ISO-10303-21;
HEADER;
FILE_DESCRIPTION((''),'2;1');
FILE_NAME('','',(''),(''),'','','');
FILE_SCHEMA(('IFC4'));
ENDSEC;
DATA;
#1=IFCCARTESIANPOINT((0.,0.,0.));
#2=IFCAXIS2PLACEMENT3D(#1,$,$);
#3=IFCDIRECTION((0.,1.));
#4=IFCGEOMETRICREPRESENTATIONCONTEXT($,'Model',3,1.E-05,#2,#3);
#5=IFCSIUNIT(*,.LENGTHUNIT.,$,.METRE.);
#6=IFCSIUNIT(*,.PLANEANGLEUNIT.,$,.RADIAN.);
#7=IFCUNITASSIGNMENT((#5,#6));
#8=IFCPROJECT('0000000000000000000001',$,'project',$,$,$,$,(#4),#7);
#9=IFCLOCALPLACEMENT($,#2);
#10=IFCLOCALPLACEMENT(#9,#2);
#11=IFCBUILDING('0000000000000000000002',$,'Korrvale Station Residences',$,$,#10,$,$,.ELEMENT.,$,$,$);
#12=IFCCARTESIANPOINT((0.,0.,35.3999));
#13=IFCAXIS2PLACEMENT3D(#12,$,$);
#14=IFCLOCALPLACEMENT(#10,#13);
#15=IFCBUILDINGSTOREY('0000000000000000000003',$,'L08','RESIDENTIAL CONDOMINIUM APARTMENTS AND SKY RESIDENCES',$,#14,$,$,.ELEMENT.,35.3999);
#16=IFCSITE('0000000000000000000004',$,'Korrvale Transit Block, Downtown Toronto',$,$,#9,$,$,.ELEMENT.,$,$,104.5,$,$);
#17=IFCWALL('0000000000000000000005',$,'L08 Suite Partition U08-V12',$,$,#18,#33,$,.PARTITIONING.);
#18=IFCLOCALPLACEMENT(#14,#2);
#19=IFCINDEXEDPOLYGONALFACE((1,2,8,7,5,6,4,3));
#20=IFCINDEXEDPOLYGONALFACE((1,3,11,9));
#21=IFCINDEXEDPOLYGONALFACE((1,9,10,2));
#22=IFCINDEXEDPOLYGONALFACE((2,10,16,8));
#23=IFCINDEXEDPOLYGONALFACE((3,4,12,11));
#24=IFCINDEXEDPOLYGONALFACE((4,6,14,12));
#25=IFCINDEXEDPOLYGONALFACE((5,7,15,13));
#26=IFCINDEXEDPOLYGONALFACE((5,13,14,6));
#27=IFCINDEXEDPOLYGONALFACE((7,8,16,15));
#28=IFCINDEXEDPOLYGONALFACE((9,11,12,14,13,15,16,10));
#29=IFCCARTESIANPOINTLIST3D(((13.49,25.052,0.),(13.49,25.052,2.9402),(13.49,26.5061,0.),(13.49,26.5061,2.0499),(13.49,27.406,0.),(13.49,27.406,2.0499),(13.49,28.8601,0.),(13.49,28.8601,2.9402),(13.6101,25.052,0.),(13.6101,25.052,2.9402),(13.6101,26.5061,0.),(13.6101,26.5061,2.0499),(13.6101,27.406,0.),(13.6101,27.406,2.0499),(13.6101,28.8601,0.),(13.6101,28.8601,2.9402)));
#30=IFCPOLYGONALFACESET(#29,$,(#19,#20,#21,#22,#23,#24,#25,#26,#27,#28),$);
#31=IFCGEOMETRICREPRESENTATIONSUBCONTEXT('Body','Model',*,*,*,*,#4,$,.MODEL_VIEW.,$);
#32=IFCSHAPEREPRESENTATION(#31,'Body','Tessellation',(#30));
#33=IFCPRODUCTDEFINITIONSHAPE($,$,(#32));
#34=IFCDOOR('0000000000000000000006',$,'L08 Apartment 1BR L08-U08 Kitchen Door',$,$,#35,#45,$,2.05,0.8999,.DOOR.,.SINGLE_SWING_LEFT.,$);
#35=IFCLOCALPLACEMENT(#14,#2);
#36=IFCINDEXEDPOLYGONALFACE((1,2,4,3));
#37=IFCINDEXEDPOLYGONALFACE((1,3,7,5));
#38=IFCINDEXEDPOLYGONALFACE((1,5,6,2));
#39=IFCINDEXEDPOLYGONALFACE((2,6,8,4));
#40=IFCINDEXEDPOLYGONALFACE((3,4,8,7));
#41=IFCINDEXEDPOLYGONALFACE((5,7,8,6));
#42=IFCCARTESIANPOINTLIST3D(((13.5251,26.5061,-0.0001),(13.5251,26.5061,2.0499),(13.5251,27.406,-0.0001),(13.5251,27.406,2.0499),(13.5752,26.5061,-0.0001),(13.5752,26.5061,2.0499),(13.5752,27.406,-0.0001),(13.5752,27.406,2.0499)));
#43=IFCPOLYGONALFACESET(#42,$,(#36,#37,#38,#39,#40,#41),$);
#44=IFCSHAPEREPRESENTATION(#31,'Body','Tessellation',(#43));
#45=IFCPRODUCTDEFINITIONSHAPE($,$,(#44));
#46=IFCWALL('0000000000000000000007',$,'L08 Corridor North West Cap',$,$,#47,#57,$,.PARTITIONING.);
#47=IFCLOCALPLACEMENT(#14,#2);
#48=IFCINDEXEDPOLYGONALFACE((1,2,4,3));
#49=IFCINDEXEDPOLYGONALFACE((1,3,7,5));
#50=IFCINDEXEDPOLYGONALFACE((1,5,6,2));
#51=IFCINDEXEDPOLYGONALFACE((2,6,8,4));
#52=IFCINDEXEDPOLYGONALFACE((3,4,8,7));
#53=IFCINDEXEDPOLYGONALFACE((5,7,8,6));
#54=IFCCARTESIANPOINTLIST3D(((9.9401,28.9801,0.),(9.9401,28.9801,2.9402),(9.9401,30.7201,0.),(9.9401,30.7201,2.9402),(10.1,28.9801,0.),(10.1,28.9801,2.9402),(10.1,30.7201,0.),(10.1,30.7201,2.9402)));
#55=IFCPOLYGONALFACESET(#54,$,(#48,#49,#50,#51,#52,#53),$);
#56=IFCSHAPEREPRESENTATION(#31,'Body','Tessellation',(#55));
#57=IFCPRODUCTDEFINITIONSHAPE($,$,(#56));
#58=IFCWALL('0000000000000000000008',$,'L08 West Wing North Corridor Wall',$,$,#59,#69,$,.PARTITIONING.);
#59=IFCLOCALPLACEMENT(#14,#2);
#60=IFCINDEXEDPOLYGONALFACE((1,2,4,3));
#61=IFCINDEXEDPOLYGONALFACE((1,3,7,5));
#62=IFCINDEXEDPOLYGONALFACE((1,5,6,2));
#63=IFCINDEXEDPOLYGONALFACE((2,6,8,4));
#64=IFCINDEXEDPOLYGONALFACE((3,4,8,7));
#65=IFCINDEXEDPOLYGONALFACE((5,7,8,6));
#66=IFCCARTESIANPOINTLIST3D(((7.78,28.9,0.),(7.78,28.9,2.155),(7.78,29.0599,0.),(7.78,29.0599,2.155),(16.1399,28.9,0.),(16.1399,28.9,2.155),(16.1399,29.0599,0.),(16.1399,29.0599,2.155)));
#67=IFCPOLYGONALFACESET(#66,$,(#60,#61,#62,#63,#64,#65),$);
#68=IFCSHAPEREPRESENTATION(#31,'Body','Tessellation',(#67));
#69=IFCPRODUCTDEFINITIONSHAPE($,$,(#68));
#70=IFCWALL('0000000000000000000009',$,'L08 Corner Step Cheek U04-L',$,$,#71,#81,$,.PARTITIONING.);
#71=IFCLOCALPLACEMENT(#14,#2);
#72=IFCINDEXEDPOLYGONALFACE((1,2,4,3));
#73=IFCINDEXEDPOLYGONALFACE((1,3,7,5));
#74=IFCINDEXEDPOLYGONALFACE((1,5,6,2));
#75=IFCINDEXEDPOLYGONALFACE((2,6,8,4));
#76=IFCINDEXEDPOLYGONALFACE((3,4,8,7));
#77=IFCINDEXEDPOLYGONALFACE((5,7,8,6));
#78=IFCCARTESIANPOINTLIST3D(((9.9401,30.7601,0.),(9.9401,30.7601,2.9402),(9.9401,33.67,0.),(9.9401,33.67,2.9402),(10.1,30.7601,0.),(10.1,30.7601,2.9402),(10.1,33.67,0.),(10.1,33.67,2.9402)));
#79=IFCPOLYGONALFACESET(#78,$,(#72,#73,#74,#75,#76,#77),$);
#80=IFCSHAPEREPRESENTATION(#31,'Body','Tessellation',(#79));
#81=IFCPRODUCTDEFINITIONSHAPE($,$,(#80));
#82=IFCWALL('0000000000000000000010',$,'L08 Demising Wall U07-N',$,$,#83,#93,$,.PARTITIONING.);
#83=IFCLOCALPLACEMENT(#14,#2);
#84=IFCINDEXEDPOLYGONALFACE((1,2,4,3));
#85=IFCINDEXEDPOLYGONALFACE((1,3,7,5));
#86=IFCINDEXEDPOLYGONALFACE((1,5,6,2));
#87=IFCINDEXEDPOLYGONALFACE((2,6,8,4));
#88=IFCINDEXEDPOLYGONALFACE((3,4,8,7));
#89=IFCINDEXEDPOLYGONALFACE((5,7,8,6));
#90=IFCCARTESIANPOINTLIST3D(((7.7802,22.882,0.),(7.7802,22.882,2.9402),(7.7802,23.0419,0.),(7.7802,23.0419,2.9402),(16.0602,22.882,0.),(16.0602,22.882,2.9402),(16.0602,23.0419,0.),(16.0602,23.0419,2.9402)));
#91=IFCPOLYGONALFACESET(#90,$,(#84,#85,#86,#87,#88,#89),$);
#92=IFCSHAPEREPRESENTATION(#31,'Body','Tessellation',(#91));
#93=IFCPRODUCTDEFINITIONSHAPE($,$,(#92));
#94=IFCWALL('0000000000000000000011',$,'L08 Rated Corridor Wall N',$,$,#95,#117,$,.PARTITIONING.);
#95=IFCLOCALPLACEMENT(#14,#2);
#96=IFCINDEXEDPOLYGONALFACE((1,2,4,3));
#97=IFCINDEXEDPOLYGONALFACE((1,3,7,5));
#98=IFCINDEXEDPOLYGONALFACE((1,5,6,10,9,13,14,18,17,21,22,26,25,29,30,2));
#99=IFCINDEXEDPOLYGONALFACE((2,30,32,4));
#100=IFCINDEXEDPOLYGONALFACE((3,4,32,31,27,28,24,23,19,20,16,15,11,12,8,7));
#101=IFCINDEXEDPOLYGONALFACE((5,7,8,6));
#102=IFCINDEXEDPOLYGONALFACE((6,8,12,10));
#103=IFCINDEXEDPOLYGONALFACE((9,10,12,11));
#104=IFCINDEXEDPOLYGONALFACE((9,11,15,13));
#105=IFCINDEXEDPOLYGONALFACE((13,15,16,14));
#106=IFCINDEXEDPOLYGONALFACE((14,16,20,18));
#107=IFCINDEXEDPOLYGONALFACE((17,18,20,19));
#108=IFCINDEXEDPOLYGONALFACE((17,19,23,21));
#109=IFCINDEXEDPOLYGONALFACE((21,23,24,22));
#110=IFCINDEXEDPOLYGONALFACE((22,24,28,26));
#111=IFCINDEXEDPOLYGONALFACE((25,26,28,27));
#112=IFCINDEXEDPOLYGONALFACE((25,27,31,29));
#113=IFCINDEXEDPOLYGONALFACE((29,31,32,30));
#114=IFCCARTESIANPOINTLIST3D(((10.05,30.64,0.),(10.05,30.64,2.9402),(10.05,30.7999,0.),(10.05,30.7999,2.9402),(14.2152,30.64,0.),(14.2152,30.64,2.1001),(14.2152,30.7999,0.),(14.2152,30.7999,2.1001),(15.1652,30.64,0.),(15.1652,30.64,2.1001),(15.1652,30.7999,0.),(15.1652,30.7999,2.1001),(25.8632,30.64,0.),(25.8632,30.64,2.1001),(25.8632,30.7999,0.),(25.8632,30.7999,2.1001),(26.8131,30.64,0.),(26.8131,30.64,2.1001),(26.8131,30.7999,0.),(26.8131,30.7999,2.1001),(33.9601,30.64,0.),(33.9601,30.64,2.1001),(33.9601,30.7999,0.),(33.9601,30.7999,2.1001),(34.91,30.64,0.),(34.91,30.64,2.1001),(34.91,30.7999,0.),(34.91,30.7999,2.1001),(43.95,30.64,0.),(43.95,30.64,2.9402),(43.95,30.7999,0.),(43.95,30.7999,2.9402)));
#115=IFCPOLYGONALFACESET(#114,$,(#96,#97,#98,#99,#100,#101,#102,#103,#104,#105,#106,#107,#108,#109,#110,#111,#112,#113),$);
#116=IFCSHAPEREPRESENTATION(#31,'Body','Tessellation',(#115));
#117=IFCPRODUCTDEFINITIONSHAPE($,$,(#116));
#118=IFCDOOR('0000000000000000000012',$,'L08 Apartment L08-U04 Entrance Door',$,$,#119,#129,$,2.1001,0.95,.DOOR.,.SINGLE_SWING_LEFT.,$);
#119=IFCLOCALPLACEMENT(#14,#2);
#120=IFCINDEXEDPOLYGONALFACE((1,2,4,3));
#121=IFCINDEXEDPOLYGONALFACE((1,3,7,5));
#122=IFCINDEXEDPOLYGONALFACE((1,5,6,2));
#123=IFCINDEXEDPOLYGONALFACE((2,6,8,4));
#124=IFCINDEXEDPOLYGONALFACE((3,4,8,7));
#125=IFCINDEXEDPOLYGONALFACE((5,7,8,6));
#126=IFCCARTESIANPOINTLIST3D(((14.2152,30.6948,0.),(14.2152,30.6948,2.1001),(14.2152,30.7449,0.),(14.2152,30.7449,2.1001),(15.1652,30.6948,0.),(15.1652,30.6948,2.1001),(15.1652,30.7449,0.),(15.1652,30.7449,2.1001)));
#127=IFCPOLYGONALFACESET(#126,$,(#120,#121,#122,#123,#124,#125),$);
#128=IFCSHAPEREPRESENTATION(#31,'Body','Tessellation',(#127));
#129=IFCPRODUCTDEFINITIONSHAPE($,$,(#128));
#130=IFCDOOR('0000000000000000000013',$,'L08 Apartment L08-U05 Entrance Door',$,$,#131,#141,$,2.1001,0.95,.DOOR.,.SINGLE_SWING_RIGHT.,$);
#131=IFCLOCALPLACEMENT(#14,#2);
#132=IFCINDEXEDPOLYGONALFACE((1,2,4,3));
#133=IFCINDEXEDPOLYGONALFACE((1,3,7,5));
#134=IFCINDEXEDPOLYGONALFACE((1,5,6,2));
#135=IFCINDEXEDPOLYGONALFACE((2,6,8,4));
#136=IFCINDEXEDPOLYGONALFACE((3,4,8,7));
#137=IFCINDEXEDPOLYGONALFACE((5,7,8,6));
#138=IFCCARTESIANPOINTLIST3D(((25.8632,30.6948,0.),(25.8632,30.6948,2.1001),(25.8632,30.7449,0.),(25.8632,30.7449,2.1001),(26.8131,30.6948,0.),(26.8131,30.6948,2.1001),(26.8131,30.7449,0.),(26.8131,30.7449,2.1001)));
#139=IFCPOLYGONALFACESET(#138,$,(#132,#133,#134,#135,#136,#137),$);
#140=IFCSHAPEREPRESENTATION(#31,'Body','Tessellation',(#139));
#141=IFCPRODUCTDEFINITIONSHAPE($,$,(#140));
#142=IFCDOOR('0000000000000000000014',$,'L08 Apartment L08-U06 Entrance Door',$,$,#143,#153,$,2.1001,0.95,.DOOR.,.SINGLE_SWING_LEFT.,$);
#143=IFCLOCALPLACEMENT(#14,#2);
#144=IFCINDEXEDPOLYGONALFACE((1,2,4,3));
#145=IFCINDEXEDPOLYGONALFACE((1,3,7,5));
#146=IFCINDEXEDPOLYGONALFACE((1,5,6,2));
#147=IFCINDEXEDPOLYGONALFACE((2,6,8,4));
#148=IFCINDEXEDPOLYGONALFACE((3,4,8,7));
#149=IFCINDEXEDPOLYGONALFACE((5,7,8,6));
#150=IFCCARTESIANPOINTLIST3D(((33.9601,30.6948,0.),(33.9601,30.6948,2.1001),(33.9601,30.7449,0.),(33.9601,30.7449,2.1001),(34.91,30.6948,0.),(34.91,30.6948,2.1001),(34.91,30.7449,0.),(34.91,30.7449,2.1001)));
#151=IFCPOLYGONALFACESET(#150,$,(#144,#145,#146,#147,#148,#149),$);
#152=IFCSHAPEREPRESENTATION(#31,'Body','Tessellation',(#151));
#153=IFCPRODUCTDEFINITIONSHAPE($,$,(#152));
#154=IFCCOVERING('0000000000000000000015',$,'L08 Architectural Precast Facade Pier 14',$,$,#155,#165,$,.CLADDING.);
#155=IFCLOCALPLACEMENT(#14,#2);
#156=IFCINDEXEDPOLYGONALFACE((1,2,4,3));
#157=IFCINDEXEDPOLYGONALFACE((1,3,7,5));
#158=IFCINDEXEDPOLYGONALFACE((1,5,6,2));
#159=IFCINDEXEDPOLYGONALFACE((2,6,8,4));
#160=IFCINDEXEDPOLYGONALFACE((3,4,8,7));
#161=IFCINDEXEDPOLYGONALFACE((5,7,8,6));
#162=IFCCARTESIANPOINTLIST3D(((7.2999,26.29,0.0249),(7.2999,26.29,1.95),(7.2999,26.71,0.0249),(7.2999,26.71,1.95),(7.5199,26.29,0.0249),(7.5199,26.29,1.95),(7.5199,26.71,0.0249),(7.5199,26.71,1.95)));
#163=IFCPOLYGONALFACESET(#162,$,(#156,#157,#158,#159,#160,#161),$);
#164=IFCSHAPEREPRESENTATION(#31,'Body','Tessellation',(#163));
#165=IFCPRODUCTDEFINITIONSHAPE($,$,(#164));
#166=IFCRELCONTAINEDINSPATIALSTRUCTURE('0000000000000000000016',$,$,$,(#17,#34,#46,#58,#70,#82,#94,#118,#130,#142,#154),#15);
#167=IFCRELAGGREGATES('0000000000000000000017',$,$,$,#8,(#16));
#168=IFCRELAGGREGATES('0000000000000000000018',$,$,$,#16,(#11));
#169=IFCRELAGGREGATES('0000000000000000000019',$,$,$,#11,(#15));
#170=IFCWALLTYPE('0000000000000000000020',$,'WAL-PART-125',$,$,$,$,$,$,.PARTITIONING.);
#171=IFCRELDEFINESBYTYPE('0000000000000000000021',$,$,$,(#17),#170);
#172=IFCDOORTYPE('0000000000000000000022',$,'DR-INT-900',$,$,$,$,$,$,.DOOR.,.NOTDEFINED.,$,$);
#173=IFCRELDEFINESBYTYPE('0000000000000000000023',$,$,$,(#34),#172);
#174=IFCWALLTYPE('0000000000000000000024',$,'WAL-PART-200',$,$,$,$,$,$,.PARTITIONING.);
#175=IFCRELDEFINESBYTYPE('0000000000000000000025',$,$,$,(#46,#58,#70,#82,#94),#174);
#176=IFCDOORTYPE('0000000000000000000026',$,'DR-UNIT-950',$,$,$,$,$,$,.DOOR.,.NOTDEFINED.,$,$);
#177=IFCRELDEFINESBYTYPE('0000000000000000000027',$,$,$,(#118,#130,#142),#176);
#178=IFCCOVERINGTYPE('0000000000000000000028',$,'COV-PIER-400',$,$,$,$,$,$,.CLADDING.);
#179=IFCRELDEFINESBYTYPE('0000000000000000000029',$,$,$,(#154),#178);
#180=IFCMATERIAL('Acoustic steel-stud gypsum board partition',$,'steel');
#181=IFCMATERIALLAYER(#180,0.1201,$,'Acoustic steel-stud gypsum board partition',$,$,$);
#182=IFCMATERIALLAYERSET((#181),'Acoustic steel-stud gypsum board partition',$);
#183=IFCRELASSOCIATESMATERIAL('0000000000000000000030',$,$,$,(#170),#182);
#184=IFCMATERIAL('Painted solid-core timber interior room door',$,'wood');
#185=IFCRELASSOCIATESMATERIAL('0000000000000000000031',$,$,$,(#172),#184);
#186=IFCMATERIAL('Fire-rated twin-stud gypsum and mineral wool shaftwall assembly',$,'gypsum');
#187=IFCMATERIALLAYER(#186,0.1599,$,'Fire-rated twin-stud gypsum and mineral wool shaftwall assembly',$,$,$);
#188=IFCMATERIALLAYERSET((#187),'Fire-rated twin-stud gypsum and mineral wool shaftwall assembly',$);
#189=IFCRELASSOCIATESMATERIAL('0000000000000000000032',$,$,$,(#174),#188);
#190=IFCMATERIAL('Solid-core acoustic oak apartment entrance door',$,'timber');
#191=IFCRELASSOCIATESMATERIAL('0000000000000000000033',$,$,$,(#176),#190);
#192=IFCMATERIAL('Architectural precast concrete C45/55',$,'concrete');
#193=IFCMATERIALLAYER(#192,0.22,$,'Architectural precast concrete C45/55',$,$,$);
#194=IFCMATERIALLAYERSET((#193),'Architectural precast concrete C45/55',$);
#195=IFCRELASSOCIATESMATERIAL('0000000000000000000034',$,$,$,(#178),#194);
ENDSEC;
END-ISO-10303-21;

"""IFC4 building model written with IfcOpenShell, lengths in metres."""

from ifc_helpers import new_model, si_unit, direction, frame, frame_2d, origin, origin_2d, place, context, subcontext, project, spatial, rectangle, extrude, material, layer, layer_set, type_object, element, fill, save


model = new_model("IFC4")

# Units and contexts
model_context = context("Model", 3, precision=1e-05, world=origin(), true_north=direction((0.0, 1.0)))
body_context = subcontext(model_context, "Body", "Model", "MODEL_VIEW")
ifc_project = project(units=[si_unit("LENGTHUNIT", "METRE"), si_unit("PLANEANGLEUNIT", "RADIAN")], contexts=[model_context])

# Site, building, storey
site_placement = place(None, origin())
site = spatial("IfcSite", under=ifc_project, at=site_placement, Name="Korrvale Transit Block, Downtown Toronto", CompositionType="ELEMENT", RefElevation=104.5)
building_placement = place(site_placement, origin())
building = spatial("IfcBuilding", under=site, at=building_placement, Name="Korrvale Station Residences", CompositionType="ELEMENT")
storey_placement = place(building_placement, frame((0.0, 0.0, 35.3999)))
storey = spatial("IfcBuildingStorey", under=building, at=storey_placement, Name="L08", Description="RESIDENTIAL CONDOMINIUM APARTMENTS AND SKY RESIDENCES", CompositionType="ELEMENT", Elevation=35.3999)

# Shared definitions
ifc_material_1 = material(Name="Acoustic steel-stud gypsum board partition", Category="steel")
ifc_layer_1 = layer(ifc_material_1, 0.1201, Name="Acoustic steel-stud gypsum board partition")
ifc_layer_set_1 = layer_set([ifc_layer_1], Name="Acoustic steel-stud gypsum board partition")
wall_type_1 = type_object("IfcWallType", Name="WAL-PART-125", PredefinedType="PARTITIONING", material=ifc_layer_set_1)
ifc_material_2 = material(Name="Painted solid-core timber interior room door", Category="wood")
door_type_1 = type_object("IfcDoorType", Name="DR-INT-900", OperationType="NOTDEFINED", PredefinedType="DOOR", material=ifc_material_2)

# Wall, opening, door
wall_1_placement = place(storey_placement, frame((13.55, 25.052, 0.0), z_axis=(0.0, 0.0, 1.0), x_axis=(0.0, 1.0, 0.0)))
wall_1 = element("IfcWall", 1, at=wall_1_placement, inside=storey, type_object=wall_type_1, Name="L08 Suite Partition U08-V12", PredefinedType="PARTITIONING", context=body_context, shape_type="SweptSolid", body=[
    extrude(rectangle(XDim=3.8081, YDim=0.1201, at=frame_2d((1.9041, 0.0))), origin(), (0.0, 0.0, 1.0), 2.9402),
])
opening_1_placement = place(wall_1_placement, frame((1.4541, 0.0, 0.0)))
opening_1 = element("IfcOpeningElement", 2, at=opening_1_placement, cuts=wall_1, PredefinedType="OPENING", context=body_context, shape_type="SweptSolid", body=[
    extrude(rectangle(XDim=0.8999, YDim=2.05, at=frame_2d((0.45, 1.0249))), frame((0.0, 0.0701, 0.0), z_axis=(0.0, -1.0, 0.0), x_axis=(1.0, 0.0, 0.0)), (0.0, 0.0, 1.0), 0.1401),
])
door_1_placement = place(opening_1_placement, origin())
door_1 = element("IfcDoor", 3, at=door_1_placement, inside=storey, type_object=door_type_1, Name="L08 Apartment 1BR L08-U08 Kitchen Door", OperationType="SINGLE_SWING_LEFT", OverallHeight=2.05, OverallWidth=0.8999, PredefinedType="DOOR", context=body_context, shape_type="SweptSolid", body=[
    extrude(rectangle(XDim=0.8999, YDim=2.05, at=frame_2d((0.45, 1.0249))), frame((0.0, 0.0249, 0.0), z_axis=(0.0, -1.0, 0.0), x_axis=(1.0, 0.0, 0.0)), (0.0, 0.0, 1.0), 0.05),
])
fill(opening_1, door_1)

# Walls
ifc_material_3 = material(Name="Fire-rated twin-stud gypsum and mineral wool shaftwall assembly", Category="gypsum")
ifc_layer_2 = layer(ifc_material_3, 0.1599, Name="Fire-rated twin-stud gypsum and mineral wool shaftwall assembly")
ifc_layer_set_2 = layer_set([ifc_layer_2], Name="Fire-rated twin-stud gypsum and mineral wool shaftwall assembly")
wall_type_2 = type_object("IfcWallType", Name="WAL-PART-200", PredefinedType="PARTITIONING", material=ifc_layer_set_2)
wall_2_placement = place(storey_placement, frame((10.02, 28.98, 0.0), z_axis=(0.0, 0.0, 1.0), x_axis=(0.0, 1.0, 0.0)))
element("IfcWall", 4, at=wall_2_placement, inside=storey, type_object=wall_type_2, Name="L08 Corridor North West Cap", PredefinedType="PARTITIONING", context=body_context, shape_type="SweptSolid", body=[
    extrude(rectangle(XDim=1.74, YDim=0.1599, at=frame_2d((0.8701, 0.0))), origin(), (0.0, 0.0, 1.0), 2.9402),
])
wall_3_placement = place(storey_placement, frame((7.78, 28.98, 0.0), z_axis=(0.0, 0.0, 1.0), x_axis=(1.0, 0.0, 0.0)))
element("IfcWall", 5, at=wall_3_placement, inside=storey, type_object=wall_type_2, Name="L08 West Wing North Corridor Wall", PredefinedType="PARTITIONING", context=body_context, shape_type="SweptSolid", body=[
    extrude(rectangle(XDim=8.3599, YDim=0.1599, at=frame_2d((4.1799, 0.0))), origin(), (0.0, 0.0, 1.0), 2.155),
])
wall_4_placement = place(storey_placement, frame((10.02, 30.76, 0.0), z_axis=(0.0, 0.0, 1.0), x_axis=(0.0, 1.0, 0.0)))
element("IfcWall", 6, at=wall_4_placement, inside=storey, type_object=wall_type_2, Name="L08 Corner Step Cheek U04-L", PredefinedType="PARTITIONING", context=body_context, shape_type="SweptSolid", body=[
    extrude(rectangle(XDim=2.9099, YDim=0.1599, at=frame_2d((1.4551, 0.0))), origin(), (0.0, 0.0, 1.0), 2.9402),
])
wall_5_placement = place(storey_placement, frame((7.78, 22.9619, 0.0), z_axis=(0.0, 0.0, 1.0), x_axis=(1.0, 0.0, 0.0)))
element("IfcWall", 7, at=wall_5_placement, inside=storey, type_object=wall_type_2, Name="L08 Demising Wall U07-N", PredefinedType="PARTITIONING", context=body_context, shape_type="SweptSolid", body=[
    extrude(rectangle(XDim=8.28, YDim=0.1599, at=frame_2d((4.1401, 0.0))), origin(), (0.0, 0.0, 1.0), 2.9402),
])

# Wall, openings, doors
wall_6_placement = place(storey_placement, frame((10.05, 30.72, 0.0), z_axis=(0.0, 0.0, 1.0), x_axis=(1.0, 0.0, 0.0)))
wall_6 = element("IfcWall", 8, at=wall_6_placement, inside=storey, type_object=wall_type_2, Name="L08 Rated Corridor Wall N", PredefinedType="PARTITIONING", context=body_context, shape_type="SweptSolid", body=[
    extrude(rectangle(XDim=33.8999, YDim=0.1599, at=frame_2d((16.95, 0.0))), origin(), (0.0, 0.0, 1.0), 2.9402),
])
opening_2_placement = place(wall_6_placement, frame((4.165, 0.0, 0.0)))
opening_2 = element("IfcOpeningElement", 9, at=opening_2_placement, cuts=wall_6, PredefinedType="OPENING", context=body_context, shape_type="SweptSolid", body=[
    extrude(rectangle(XDim=0.95, YDim=2.1001, at=frame_2d((0.4751, 1.05))), frame((0.0, 0.0898, 0.0), z_axis=(0.0, -1.0, 0.0), x_axis=(1.0, 0.0, 0.0)), (0.0, 0.0, 1.0), 0.1799),
])
opening_3_placement = place(wall_6_placement, frame((15.813, 0.0, 0.0)))
opening_3 = element("IfcOpeningElement", 10, at=opening_3_placement, cuts=wall_6, PredefinedType="OPENING", context=body_context, shape_type="SweptSolid", body=[
    extrude(rectangle(XDim=0.95, YDim=2.1001, at=frame_2d((0.4751, 1.05))), frame((0.0, 0.0898, 0.0), z_axis=(0.0, -1.0, 0.0), x_axis=(1.0, 0.0, 0.0)), (0.0, 0.0, 1.0), 0.1799),
])
opening_4_placement = place(wall_6_placement, frame((23.9099, 0.0, 0.0)))
opening_4 = element("IfcOpeningElement", 11, at=opening_4_placement, cuts=wall_6, PredefinedType="OPENING", context=body_context, shape_type="SweptSolid", body=[
    extrude(rectangle(XDim=0.95, YDim=2.1001, at=frame_2d((0.4751, 1.05))), frame((0.0, 0.0898, 0.0), z_axis=(0.0, -1.0, 0.0), x_axis=(1.0, 0.0, 0.0)), (0.0, 0.0, 1.0), 0.1799),
])
ifc_material_4 = material(Name="Solid-core acoustic oak apartment entrance door", Category="timber")
door_type_2 = type_object("IfcDoorType", Name="DR-UNIT-950", OperationType="NOTDEFINED", PredefinedType="DOOR", material=ifc_material_4)
door_2_placement = place(opening_2_placement, origin())
door_2 = element("IfcDoor", 12, at=door_2_placement, inside=storey, type_object=door_type_2, Name="L08 Apartment L08-U04 Entrance Door", OperationType="SINGLE_SWING_LEFT", OverallHeight=2.1001, OverallWidth=0.95, PredefinedType="DOOR", context=body_context, shape_type="SweptSolid", body=[
    extrude(rectangle(XDim=0.95, YDim=2.1001, at=frame_2d((0.4751, 1.05))), frame((0.0, 0.0249, 0.0), z_axis=(0.0, -1.0, 0.0), x_axis=(1.0, 0.0, 0.0)), (0.0, 0.0, 1.0), 0.05),
])
fill(opening_2, door_2)
door_3_placement = place(opening_3_placement, origin())
door_3 = element("IfcDoor", 13, at=door_3_placement, inside=storey, type_object=door_type_2, Name="L08 Apartment L08-U05 Entrance Door", OperationType="SINGLE_SWING_RIGHT", OverallHeight=2.1001, OverallWidth=0.95, PredefinedType="DOOR", context=body_context, shape_type="SweptSolid", body=[
    extrude(rectangle(XDim=0.95, YDim=2.1001, at=frame_2d((0.4751, 1.05))), frame((0.0, 0.0249, 0.0), z_axis=(0.0, -1.0, 0.0), x_axis=(1.0, 0.0, 0.0)), (0.0, 0.0, 1.0), 0.05),
])
fill(opening_3, door_3)
door_4_placement = place(opening_4_placement, origin())
door_4 = element("IfcDoor", 14, at=door_4_placement, inside=storey, type_object=door_type_2, Name="L08 Apartment L08-U06 Entrance Door", OperationType="SINGLE_SWING_LEFT", OverallHeight=2.1001, OverallWidth=0.95, PredefinedType="DOOR", context=body_context, shape_type="SweptSolid", body=[
    extrude(rectangle(XDim=0.95, YDim=2.1001, at=frame_2d((0.4751, 1.05))), frame((0.0, 0.0249, 0.0), z_axis=(0.0, -1.0, 0.0), x_axis=(1.0, 0.0, 0.0)), (0.0, 0.0, 1.0), 0.05),
])
fill(opening_4, door_4)

# Covering
ifc_material_5 = material(Name="Architectural precast concrete C45/55", Category="concrete")
ifc_layer_3 = layer(ifc_material_5, 0.22, Name="Architectural precast concrete C45/55")
ifc_layer_set_3 = layer_set([ifc_layer_3], Name="Architectural precast concrete C45/55")
covering_type = type_object("IfcCoveringType", Name="COV-PIER-400", PredefinedType="CLADDING", material=ifc_layer_set_3)
covering_placement = place(storey_placement, frame((7.4099, 26.5, 0.0249), z_axis=(0.0, 0.0, 1.0), x_axis=(0.0, 1.0, 0.0)))
element("IfcCovering", 15, at=covering_placement, inside=storey, type_object=covering_type, Name="L08 Architectural Precast Facade Pier 14", PredefinedType="CLADDING", context=body_context, shape_type="SweptSolid", body=[
    extrude(rectangle(XDim=0.4199, YDim=0.22, at=origin_2d()), origin(), (0.0, 0.0, 1.0), 1.925),
])

save(model, "model.ifc")
